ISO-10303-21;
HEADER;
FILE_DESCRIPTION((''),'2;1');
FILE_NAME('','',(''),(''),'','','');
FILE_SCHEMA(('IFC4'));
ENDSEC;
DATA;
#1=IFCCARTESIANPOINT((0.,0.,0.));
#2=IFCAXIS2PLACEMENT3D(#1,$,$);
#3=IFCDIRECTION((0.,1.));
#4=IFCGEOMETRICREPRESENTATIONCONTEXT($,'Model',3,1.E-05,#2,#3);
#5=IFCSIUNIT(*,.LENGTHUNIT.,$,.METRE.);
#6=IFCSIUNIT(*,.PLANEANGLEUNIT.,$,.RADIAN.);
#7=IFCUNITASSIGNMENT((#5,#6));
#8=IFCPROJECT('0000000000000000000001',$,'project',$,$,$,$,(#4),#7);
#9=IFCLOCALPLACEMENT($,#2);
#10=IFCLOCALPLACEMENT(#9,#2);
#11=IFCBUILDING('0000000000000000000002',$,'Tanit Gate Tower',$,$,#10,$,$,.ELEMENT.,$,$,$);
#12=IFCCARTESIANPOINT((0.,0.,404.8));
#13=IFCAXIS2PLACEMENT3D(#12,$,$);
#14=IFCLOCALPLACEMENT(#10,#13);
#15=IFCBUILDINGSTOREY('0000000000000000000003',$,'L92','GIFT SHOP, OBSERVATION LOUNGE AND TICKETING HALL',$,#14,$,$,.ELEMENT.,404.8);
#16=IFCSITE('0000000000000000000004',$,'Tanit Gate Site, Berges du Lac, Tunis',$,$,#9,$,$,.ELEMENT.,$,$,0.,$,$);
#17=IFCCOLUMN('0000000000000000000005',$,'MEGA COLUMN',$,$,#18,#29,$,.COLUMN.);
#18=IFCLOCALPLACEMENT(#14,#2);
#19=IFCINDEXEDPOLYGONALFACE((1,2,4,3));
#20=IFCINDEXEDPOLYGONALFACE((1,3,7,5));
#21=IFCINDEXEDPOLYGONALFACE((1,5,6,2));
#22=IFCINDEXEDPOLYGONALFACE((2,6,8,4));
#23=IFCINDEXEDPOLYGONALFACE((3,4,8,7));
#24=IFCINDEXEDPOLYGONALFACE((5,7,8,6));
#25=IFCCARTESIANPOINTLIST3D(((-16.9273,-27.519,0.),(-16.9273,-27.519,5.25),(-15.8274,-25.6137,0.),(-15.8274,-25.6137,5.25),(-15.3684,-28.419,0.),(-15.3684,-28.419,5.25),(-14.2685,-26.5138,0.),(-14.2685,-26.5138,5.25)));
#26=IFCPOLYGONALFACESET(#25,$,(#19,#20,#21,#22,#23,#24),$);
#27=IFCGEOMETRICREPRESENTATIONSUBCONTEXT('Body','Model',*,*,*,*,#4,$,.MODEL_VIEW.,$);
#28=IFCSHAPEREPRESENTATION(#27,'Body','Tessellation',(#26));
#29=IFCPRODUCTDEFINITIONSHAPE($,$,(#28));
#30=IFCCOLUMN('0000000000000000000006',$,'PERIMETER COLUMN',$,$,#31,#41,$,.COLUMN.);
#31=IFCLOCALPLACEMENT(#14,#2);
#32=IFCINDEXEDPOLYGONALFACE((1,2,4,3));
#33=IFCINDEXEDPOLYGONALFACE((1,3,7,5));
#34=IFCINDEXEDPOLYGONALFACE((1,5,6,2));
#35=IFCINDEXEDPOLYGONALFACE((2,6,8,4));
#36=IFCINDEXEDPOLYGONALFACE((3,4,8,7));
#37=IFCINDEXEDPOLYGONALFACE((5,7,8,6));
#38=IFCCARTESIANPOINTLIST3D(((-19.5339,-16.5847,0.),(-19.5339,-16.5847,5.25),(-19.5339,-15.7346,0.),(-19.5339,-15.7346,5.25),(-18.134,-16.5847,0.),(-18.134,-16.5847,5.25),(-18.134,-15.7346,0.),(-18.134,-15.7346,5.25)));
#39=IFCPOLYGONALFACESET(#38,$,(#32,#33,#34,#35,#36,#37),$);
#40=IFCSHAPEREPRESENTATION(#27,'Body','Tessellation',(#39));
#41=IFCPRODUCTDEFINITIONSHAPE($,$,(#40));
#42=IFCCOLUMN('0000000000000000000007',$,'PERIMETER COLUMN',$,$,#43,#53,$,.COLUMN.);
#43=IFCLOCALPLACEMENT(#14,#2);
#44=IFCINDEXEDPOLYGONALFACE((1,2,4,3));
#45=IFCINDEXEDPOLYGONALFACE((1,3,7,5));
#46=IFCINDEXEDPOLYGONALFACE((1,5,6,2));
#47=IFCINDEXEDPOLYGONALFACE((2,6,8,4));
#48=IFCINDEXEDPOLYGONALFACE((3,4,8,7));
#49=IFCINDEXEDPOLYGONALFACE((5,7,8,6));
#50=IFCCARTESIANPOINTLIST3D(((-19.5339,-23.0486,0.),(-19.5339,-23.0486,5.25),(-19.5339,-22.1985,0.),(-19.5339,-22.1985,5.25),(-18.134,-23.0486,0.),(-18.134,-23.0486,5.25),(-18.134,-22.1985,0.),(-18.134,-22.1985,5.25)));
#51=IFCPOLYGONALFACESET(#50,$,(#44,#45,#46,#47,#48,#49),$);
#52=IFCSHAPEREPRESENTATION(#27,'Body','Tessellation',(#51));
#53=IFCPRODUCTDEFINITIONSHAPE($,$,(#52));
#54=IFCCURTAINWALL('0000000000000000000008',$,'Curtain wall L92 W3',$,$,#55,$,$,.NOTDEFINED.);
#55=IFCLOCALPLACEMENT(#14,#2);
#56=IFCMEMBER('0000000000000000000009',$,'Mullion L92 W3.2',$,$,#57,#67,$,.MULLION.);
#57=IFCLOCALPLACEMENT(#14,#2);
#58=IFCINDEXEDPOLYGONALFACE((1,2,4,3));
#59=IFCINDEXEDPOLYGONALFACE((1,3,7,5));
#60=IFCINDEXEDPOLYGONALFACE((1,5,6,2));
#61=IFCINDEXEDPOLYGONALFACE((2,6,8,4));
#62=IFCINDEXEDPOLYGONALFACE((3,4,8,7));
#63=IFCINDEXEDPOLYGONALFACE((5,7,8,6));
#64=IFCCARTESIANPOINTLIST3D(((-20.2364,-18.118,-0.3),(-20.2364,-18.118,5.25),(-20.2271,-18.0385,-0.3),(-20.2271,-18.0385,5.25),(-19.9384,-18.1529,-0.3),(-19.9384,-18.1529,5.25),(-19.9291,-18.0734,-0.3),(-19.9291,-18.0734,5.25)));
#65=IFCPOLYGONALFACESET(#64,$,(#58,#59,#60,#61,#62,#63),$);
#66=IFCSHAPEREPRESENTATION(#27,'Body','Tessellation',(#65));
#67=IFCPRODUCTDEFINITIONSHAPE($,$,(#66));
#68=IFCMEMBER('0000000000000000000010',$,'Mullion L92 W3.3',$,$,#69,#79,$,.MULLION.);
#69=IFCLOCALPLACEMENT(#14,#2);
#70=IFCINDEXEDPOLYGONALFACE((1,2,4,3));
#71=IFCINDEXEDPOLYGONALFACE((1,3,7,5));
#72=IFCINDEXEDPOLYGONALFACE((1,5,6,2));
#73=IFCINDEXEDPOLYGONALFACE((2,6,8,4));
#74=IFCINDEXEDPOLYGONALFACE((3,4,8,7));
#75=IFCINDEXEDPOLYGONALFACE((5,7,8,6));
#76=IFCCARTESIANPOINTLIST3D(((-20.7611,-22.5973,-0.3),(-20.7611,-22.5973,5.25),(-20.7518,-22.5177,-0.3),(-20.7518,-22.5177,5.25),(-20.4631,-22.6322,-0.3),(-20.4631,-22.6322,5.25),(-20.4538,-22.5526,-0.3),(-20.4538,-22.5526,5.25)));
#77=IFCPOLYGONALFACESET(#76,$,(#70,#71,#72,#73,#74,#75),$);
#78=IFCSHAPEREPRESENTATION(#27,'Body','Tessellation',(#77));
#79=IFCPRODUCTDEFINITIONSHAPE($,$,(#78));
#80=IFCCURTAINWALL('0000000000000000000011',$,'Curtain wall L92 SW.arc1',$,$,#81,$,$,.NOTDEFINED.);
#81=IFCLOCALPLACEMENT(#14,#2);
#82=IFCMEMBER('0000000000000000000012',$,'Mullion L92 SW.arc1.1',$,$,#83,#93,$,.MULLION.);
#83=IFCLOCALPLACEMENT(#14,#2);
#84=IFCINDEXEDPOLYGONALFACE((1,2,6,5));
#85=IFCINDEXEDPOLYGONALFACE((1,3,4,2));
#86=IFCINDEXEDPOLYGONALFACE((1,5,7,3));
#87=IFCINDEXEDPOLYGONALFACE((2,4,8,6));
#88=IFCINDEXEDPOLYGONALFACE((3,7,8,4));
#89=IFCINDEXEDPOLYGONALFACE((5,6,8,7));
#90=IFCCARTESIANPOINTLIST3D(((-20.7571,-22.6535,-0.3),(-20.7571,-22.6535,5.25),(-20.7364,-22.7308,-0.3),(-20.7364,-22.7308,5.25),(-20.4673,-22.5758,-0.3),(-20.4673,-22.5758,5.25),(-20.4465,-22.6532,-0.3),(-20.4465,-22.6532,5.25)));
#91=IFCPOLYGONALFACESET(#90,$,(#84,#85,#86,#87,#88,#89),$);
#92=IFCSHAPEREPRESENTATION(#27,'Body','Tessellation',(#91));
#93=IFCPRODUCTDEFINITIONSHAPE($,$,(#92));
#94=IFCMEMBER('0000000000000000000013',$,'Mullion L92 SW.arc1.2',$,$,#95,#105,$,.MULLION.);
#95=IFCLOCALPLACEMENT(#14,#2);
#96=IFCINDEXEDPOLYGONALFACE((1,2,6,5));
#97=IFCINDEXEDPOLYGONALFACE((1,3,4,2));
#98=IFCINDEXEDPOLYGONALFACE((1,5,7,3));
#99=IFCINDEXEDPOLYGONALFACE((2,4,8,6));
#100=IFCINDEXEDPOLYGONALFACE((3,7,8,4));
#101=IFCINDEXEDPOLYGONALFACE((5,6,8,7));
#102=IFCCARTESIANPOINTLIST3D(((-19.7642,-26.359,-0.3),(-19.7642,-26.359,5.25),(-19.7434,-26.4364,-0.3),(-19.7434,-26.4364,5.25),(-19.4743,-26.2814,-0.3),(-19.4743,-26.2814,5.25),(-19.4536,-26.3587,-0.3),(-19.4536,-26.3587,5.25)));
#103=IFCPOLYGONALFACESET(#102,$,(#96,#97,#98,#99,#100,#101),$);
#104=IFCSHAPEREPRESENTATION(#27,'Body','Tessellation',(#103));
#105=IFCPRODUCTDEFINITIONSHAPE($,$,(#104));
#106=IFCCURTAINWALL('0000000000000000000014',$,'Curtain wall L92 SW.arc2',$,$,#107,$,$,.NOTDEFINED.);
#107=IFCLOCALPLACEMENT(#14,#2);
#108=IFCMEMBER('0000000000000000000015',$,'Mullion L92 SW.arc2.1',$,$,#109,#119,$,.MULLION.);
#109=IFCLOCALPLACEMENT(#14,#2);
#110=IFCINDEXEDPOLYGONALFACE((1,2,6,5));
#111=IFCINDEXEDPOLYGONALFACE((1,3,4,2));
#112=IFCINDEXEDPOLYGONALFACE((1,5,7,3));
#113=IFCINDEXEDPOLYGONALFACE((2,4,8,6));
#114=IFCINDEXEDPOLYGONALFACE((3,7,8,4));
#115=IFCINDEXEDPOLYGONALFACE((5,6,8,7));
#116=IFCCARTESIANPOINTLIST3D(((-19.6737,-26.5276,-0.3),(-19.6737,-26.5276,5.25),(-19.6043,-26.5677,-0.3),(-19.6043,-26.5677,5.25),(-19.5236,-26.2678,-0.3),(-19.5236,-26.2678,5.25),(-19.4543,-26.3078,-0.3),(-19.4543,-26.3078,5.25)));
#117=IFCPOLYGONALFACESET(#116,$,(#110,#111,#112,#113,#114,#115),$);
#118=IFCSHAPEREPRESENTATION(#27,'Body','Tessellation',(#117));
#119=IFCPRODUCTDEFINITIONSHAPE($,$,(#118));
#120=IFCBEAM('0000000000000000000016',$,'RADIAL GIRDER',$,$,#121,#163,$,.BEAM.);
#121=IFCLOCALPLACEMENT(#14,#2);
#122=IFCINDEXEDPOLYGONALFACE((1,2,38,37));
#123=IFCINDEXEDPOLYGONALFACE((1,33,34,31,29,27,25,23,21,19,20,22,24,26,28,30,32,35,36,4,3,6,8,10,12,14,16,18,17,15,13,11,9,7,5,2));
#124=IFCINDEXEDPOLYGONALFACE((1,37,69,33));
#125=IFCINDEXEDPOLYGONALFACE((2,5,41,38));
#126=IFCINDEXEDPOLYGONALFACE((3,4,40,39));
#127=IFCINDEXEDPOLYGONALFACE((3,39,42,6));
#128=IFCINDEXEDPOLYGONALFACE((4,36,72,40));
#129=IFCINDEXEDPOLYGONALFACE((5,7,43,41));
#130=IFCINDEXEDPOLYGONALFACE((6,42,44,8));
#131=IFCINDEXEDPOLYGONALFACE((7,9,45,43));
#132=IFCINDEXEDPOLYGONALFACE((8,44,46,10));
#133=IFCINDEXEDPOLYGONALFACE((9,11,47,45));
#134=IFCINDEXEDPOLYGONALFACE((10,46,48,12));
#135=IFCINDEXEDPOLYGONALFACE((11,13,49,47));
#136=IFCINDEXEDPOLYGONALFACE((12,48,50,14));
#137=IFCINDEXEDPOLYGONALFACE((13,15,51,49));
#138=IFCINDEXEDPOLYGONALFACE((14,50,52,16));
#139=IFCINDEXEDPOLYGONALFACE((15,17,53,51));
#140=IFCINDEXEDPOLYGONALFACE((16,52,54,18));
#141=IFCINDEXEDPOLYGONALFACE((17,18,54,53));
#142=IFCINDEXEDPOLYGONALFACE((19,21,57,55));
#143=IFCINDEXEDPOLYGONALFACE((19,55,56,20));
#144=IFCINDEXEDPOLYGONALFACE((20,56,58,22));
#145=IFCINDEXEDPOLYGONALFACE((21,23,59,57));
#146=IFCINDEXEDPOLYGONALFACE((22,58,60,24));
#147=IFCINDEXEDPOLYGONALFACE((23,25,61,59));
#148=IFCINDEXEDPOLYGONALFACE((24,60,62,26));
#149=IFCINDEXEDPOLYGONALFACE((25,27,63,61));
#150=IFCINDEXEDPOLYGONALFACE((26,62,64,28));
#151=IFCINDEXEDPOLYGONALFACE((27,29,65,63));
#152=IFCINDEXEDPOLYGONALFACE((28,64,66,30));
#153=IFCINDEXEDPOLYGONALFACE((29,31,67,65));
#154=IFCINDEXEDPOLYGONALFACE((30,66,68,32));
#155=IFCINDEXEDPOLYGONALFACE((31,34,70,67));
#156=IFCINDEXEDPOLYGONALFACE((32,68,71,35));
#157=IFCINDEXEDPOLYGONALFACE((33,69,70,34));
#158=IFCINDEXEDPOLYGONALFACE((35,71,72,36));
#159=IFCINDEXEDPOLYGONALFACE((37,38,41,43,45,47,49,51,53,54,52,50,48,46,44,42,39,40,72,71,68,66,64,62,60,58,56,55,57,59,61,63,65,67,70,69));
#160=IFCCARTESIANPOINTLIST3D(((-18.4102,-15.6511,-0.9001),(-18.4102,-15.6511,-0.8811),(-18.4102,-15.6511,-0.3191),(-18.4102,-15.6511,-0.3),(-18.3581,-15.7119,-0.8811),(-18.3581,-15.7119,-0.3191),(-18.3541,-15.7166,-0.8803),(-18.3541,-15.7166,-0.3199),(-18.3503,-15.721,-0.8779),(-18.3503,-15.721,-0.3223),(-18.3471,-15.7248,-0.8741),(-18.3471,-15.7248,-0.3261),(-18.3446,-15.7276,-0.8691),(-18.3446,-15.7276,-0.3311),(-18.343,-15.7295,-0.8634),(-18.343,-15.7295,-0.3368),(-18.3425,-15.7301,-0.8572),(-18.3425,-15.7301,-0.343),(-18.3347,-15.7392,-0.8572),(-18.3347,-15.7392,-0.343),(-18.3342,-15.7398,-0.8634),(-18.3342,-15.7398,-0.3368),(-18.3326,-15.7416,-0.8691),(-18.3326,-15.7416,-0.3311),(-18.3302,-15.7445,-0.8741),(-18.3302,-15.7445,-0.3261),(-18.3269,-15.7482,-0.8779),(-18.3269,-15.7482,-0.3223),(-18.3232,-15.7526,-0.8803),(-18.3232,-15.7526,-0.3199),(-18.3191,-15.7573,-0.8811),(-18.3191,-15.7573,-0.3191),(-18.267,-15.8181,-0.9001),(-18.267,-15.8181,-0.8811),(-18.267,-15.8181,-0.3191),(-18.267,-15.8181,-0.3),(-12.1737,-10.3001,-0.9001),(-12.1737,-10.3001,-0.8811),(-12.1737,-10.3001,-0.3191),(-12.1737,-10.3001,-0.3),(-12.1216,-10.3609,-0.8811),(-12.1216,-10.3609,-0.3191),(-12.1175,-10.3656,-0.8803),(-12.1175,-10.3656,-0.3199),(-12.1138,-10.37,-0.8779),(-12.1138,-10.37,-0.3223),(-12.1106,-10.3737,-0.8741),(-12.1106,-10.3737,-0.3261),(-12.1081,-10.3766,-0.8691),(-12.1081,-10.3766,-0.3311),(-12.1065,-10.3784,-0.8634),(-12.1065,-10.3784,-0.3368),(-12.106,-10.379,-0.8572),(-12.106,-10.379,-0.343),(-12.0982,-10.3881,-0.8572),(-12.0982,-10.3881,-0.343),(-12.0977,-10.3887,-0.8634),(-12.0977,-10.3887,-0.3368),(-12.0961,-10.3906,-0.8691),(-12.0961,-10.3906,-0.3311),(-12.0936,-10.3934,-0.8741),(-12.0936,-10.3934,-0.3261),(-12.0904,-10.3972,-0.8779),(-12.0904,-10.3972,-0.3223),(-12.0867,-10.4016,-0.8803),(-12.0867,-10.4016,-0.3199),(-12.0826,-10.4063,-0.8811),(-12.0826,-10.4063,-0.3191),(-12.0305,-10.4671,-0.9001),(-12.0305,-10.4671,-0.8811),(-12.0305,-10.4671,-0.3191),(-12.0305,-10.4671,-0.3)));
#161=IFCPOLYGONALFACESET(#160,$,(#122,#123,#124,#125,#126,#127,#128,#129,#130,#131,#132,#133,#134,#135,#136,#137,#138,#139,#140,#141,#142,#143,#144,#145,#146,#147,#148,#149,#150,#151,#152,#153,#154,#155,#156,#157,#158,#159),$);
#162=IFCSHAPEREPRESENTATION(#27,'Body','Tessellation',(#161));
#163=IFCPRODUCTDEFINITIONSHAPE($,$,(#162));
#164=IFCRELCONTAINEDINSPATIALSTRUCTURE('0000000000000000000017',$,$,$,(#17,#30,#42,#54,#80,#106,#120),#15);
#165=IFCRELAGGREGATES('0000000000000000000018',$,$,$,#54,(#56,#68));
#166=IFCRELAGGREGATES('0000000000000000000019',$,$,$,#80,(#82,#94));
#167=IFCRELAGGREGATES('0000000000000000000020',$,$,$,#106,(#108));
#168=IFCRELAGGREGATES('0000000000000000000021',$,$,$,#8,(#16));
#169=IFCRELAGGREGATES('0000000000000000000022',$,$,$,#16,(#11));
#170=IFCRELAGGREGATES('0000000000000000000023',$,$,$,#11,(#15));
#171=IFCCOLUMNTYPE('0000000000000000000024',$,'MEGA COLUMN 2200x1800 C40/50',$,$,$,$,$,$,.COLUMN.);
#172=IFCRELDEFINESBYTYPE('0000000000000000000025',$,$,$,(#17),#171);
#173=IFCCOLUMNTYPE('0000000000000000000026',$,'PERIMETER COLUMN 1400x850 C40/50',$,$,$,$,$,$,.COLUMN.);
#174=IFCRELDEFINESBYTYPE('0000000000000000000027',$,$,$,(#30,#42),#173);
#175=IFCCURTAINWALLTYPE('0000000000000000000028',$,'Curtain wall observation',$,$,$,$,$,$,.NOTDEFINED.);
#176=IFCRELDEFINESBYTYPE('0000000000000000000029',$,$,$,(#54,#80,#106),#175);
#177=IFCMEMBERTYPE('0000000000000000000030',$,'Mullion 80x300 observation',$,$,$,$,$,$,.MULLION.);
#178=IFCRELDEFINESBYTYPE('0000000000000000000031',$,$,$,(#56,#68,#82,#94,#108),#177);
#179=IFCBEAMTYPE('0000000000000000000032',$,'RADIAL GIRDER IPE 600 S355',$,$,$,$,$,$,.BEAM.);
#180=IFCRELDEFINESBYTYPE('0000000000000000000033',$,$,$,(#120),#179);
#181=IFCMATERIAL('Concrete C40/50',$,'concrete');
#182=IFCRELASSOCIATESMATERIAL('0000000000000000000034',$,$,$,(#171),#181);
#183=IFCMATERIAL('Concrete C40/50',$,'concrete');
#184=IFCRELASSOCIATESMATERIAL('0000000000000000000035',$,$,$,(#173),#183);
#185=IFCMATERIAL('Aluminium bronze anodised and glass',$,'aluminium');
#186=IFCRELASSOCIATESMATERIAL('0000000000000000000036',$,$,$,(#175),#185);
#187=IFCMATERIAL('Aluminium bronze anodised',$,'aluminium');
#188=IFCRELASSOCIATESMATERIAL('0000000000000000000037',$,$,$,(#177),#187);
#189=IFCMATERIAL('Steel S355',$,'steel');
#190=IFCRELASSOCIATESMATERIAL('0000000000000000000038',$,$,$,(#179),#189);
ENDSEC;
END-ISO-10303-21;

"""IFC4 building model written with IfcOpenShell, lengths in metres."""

from ifc_helpers import new_model, si_unit, direction, frame, origin, origin_2d, place, context, subcontext, project, spatial, rectangle, i_section, extrude, material, material_profile, profile_set, type_object, element, aggregate, save


model = new_model("IFC4")

# Units and contexts
model_context = context("Model", 3, precision=1e-05, world=origin(), true_north=direction((0.0, 1.0)))
body_context = subcontext(model_context, "Body", "Model", "MODEL_VIEW")
ifc_project = project(units=[si_unit("LENGTHUNIT", "METRE"), si_unit("PLANEANGLEUNIT", "RADIAN")], contexts=[model_context])

# Site, building, storey
site_placement = place(None, origin())
site = spatial("IfcSite", under=ifc_project, at=site_placement, Name="Tanit Gate Site, Berges du Lac, Tunis", CompositionType="ELEMENT", RefElevation=0.0)
building_placement = place(site_placement, origin())
building = spatial("IfcBuilding", under=site, at=building_placement, Name="Tanit Gate Tower", CompositionType="ELEMENT")
storey_placement = place(building_placement, frame((0.0, 0.0, 404.8)))
storey = spatial("IfcBuildingStorey", under=building, at=storey_placement, Name="L92", Description="GIFT SHOP, OBSERVATION LOUNGE AND TICKETING HALL", CompositionType="ELEMENT", Elevation=404.8)

# Columns
ifc_material_1 = material(Name="Concrete C40/50", Category="concrete")
ifc_material_profile_1 = material_profile(ifc_material_1, rectangle(XDim=2.2, YDim=1.8, at=origin_2d()), Name="RC 2200x1800")
ifc_profile_set_1 = profile_set([ifc_material_profile_1], Name="Concrete C40/50")
column_type_1 = type_object("IfcColumnType", Name="MEGA COLUMN 2200x1800 C40/50", PredefinedType="COLUMN", material=ifc_profile_set_1)
column_placement = place(storey_placement, frame((-15.5979, -27.0164, 0.0), z_axis=(0.0, 0.0, 1.0), x_axis=(-0.5, -0.866025, 0.0)))
element("IfcColumn", 1, at=column_placement, inside=storey, type_object=column_type_1, Name="MEGA COLUMN", PredefinedType="COLUMN", context=body_context, shape_type="SweptSolid", body=[
    extrude(rectangle(XDim=2.2, YDim=1.8, at=origin_2d()), origin(), (0.0, 0.0, 1.0), 5.25),
])
ifc_material_2 = material(Name="Concrete C40/50", Category="concrete")
ifc_material_profile_2 = material_profile(ifc_material_2, rectangle(XDim=1.3999, YDim=0.8501, at=origin_2d()), Name="RC 1400x850")
ifc_profile_set_2 = profile_set([ifc_material_profile_2], Name="Concrete C40/50")
column_type_2 = type_object("IfcColumnType", Name="PERIMETER COLUMN 1400x850 C40/50", PredefinedType="COLUMN", material=ifc_profile_set_2)
for number, where, z_axis, x_axis, name in (
    (2, (-18.834, -16.1597, 0.0), (0.0, 0.0, 1.0), (-1.0, 0.0, 0.0), "PERIMETER COLUMN"),
    (3, (-18.834, -22.6235, 0.0), (0.0, 0.0, 1.0), (-1.0, 0.0, 0.0), "PERIMETER COLUMN"),
):
    element("IfcColumn", number, at=place(storey_placement, frame(where, z_axis=z_axis, x_axis=x_axis)), inside=storey, type_object=column_type_2, Name=name, PredefinedType="COLUMN", context=body_context, shape_type="SweptSolid", body=[
        extrude(rectangle(XDim=1.3999, YDim=0.8501, at=origin_2d()), origin(), (0.0, 0.0, 1.0), 5.25),
    ])

# Curtain walls, members
ifc_material_3 = material(Name="Aluminium bronze anodised and glass", Category="aluminium")
curtain_wall_type = type_object("IfcCurtainWallType", Name="Curtain wall observation", PredefinedType="NOTDEFINED", material=ifc_material_3)
curtain_wall_1_placement = place(storey_placement, origin())
curtain_wall_1 = element("IfcCurtainWall", 4, at=curtain_wall_1_placement, inside=storey, type_object=curtain_wall_type, Name="Curtain wall L92 W3", PredefinedType="NOTDEFINED")
ifc_material_4 = material(Name="Aluminium bronze anodised", Category="aluminium")
ifc_material_profile_3 = material_profile(ifc_material_4, rectangle(XDim=0.3, YDim=0.0801, at=origin_2d()), Name="80x300 bronze mullion")
ifc_profile_set_3 = profile_set([ifc_material_profile_3], Name="Aluminium bronze anodised")
member_type_1 = type_object("IfcMemberType", Name="Mullion 80x300 observation", PredefinedType="MULLION", material=ifc_profile_set_3)
member_1_placement = place(storey_placement, frame((-20.0828, -18.0957, -0.3), z_axis=(0.0, 0.0, 1.0), x_axis=(0.993212, -0.116318, 0.0)))
member_1 = element("IfcMember", 5, at=member_1_placement, type_object=member_type_1, Name="Mullion L92 W3.2", PredefinedType="MULLION", context=body_context, shape_type="SweptSolid", body=[
    extrude(rectangle(XDim=0.3, YDim=0.0801, at=origin_2d()), origin(), (0.0, 0.0, 1.0), 5.55),
])
member_2_placement = place(storey_placement, frame((-20.6074, -22.575, -0.3), z_axis=(0.0, 0.0, 1.0), x_axis=(0.993212, -0.116318, 0.0)))
member_2 = element("IfcMember", 6, at=member_2_placement, type_object=member_type_1, Name="Mullion L92 W3.3", PredefinedType="MULLION", context=body_context, shape_type="SweptSolid", body=[
    extrude(rectangle(XDim=0.3, YDim=0.0801, at=origin_2d()), origin(), (0.0, 0.0, 1.0), 5.55),
])
curtain_wall_2_placement = place(storey_placement, origin())
curtain_wall_2 = element("IfcCurtainWall", 7, at=curtain_wall_2_placement, inside=storey, type_object=curtain_wall_type, Name="Curtain wall L92 SW.arc1", PredefinedType="NOTDEFINED")
member_3_placement = place(storey_placement, frame((-20.6018, -22.6533, -0.3), z_axis=(0.0, 0.0, 1.0), x_axis=(0.965926, 0.258819, 0.0)))
member_3 = element("IfcMember", 8, at=member_3_placement, type_object=member_type_1, Name="Mullion L92 SW.arc1.1", PredefinedType="MULLION", context=body_context, shape_type="SweptSolid", body=[
    extrude(rectangle(XDim=0.3, YDim=0.0801, at=origin_2d()), origin(), (0.0, 0.0, 1.0), 5.55),
])
member_4_placement = place(storey_placement, frame((-19.6089, -26.3589, -0.3), z_axis=(0.0, 0.0, 1.0), x_axis=(0.965926, 0.258819, 0.0)))
member_4 = element("IfcMember", 9, at=member_4_placement, type_object=member_type_1, Name="Mullion L92 SW.arc1.2", PredefinedType="MULLION", context=body_context, shape_type="SweptSolid", body=[
    extrude(rectangle(XDim=0.3, YDim=0.0801, at=origin_2d()), origin(), (0.0, 0.0, 1.0), 5.55),
])

# Curtain wall, member
curtain_wall_3_placement = place(storey_placement, origin())
curtain_wall_3 = element("IfcCurtainWall", 10, at=curtain_wall_3_placement, inside=storey, type_object=curtain_wall_type, Name="Curtain wall L92 SW.arc2", PredefinedType="NOTDEFINED")
member_5_placement = place(storey_placement, frame((-19.564, -26.4177, -0.3), z_axis=(0.0, 0.0, 1.0), x_axis=(0.5, 0.866025, 0.0)))
member_5 = element("IfcMember", 11, at=member_5_placement, type_object=member_type_1, Name="Mullion L92 SW.arc2.1", PredefinedType="MULLION", context=body_context, shape_type="SweptSolid", body=[
    extrude(rectangle(XDim=0.3, YDim=0.0801, at=origin_2d()), origin(), (0.0, 0.0, 1.0), 5.55),
])

# Beam
ifc_material_5 = material(Name="Steel S355", Category="steel")
ifc_material_profile_4 = material_profile(ifc_material_5, i_section(OverallWidth=0.22, OverallDepth=0.6001, WebThickness=0.012, FlangeThickness=0.019, FilletRadius=0.0239, at=origin_2d()), Name="IPE 600")
ifc_profile_set_4 = profile_set([ifc_material_profile_4], Name="Steel S355")
beam_type = type_object("IfcBeamType", Name="RADIAL GIRDER IPE 600 S355", PredefinedType="BEAM", material=ifc_profile_set_4)
beam_1_placement = place(storey_placement, frame((-18.3386, -15.7346, -0.6001), z_axis=(0.758929, 0.651173, 0.0), x_axis=(-0.651173, 0.758929, 0.0)))
element("IfcBeam", 12, at=beam_1_placement, inside=storey, type_object=beam_type, Name="RADIAL GIRDER", PredefinedType="BEAM", context=body_context, shape_type="SweptSolid", body=[
    extrude(i_section(OverallWidth=0.22, OverallDepth=0.6001, WebThickness=0.012, FlangeThickness=0.019, FilletRadius=0.0239, at=origin_2d()), origin(), (0.0, 0.0, 1.0), 8.2175),
])

aggregate(curtain_wall_1, [member_1, member_2])
aggregate(curtain_wall_2, [member_3, member_4])
aggregate(curtain_wall_3, [member_5])

save(model, "model.ifc")
